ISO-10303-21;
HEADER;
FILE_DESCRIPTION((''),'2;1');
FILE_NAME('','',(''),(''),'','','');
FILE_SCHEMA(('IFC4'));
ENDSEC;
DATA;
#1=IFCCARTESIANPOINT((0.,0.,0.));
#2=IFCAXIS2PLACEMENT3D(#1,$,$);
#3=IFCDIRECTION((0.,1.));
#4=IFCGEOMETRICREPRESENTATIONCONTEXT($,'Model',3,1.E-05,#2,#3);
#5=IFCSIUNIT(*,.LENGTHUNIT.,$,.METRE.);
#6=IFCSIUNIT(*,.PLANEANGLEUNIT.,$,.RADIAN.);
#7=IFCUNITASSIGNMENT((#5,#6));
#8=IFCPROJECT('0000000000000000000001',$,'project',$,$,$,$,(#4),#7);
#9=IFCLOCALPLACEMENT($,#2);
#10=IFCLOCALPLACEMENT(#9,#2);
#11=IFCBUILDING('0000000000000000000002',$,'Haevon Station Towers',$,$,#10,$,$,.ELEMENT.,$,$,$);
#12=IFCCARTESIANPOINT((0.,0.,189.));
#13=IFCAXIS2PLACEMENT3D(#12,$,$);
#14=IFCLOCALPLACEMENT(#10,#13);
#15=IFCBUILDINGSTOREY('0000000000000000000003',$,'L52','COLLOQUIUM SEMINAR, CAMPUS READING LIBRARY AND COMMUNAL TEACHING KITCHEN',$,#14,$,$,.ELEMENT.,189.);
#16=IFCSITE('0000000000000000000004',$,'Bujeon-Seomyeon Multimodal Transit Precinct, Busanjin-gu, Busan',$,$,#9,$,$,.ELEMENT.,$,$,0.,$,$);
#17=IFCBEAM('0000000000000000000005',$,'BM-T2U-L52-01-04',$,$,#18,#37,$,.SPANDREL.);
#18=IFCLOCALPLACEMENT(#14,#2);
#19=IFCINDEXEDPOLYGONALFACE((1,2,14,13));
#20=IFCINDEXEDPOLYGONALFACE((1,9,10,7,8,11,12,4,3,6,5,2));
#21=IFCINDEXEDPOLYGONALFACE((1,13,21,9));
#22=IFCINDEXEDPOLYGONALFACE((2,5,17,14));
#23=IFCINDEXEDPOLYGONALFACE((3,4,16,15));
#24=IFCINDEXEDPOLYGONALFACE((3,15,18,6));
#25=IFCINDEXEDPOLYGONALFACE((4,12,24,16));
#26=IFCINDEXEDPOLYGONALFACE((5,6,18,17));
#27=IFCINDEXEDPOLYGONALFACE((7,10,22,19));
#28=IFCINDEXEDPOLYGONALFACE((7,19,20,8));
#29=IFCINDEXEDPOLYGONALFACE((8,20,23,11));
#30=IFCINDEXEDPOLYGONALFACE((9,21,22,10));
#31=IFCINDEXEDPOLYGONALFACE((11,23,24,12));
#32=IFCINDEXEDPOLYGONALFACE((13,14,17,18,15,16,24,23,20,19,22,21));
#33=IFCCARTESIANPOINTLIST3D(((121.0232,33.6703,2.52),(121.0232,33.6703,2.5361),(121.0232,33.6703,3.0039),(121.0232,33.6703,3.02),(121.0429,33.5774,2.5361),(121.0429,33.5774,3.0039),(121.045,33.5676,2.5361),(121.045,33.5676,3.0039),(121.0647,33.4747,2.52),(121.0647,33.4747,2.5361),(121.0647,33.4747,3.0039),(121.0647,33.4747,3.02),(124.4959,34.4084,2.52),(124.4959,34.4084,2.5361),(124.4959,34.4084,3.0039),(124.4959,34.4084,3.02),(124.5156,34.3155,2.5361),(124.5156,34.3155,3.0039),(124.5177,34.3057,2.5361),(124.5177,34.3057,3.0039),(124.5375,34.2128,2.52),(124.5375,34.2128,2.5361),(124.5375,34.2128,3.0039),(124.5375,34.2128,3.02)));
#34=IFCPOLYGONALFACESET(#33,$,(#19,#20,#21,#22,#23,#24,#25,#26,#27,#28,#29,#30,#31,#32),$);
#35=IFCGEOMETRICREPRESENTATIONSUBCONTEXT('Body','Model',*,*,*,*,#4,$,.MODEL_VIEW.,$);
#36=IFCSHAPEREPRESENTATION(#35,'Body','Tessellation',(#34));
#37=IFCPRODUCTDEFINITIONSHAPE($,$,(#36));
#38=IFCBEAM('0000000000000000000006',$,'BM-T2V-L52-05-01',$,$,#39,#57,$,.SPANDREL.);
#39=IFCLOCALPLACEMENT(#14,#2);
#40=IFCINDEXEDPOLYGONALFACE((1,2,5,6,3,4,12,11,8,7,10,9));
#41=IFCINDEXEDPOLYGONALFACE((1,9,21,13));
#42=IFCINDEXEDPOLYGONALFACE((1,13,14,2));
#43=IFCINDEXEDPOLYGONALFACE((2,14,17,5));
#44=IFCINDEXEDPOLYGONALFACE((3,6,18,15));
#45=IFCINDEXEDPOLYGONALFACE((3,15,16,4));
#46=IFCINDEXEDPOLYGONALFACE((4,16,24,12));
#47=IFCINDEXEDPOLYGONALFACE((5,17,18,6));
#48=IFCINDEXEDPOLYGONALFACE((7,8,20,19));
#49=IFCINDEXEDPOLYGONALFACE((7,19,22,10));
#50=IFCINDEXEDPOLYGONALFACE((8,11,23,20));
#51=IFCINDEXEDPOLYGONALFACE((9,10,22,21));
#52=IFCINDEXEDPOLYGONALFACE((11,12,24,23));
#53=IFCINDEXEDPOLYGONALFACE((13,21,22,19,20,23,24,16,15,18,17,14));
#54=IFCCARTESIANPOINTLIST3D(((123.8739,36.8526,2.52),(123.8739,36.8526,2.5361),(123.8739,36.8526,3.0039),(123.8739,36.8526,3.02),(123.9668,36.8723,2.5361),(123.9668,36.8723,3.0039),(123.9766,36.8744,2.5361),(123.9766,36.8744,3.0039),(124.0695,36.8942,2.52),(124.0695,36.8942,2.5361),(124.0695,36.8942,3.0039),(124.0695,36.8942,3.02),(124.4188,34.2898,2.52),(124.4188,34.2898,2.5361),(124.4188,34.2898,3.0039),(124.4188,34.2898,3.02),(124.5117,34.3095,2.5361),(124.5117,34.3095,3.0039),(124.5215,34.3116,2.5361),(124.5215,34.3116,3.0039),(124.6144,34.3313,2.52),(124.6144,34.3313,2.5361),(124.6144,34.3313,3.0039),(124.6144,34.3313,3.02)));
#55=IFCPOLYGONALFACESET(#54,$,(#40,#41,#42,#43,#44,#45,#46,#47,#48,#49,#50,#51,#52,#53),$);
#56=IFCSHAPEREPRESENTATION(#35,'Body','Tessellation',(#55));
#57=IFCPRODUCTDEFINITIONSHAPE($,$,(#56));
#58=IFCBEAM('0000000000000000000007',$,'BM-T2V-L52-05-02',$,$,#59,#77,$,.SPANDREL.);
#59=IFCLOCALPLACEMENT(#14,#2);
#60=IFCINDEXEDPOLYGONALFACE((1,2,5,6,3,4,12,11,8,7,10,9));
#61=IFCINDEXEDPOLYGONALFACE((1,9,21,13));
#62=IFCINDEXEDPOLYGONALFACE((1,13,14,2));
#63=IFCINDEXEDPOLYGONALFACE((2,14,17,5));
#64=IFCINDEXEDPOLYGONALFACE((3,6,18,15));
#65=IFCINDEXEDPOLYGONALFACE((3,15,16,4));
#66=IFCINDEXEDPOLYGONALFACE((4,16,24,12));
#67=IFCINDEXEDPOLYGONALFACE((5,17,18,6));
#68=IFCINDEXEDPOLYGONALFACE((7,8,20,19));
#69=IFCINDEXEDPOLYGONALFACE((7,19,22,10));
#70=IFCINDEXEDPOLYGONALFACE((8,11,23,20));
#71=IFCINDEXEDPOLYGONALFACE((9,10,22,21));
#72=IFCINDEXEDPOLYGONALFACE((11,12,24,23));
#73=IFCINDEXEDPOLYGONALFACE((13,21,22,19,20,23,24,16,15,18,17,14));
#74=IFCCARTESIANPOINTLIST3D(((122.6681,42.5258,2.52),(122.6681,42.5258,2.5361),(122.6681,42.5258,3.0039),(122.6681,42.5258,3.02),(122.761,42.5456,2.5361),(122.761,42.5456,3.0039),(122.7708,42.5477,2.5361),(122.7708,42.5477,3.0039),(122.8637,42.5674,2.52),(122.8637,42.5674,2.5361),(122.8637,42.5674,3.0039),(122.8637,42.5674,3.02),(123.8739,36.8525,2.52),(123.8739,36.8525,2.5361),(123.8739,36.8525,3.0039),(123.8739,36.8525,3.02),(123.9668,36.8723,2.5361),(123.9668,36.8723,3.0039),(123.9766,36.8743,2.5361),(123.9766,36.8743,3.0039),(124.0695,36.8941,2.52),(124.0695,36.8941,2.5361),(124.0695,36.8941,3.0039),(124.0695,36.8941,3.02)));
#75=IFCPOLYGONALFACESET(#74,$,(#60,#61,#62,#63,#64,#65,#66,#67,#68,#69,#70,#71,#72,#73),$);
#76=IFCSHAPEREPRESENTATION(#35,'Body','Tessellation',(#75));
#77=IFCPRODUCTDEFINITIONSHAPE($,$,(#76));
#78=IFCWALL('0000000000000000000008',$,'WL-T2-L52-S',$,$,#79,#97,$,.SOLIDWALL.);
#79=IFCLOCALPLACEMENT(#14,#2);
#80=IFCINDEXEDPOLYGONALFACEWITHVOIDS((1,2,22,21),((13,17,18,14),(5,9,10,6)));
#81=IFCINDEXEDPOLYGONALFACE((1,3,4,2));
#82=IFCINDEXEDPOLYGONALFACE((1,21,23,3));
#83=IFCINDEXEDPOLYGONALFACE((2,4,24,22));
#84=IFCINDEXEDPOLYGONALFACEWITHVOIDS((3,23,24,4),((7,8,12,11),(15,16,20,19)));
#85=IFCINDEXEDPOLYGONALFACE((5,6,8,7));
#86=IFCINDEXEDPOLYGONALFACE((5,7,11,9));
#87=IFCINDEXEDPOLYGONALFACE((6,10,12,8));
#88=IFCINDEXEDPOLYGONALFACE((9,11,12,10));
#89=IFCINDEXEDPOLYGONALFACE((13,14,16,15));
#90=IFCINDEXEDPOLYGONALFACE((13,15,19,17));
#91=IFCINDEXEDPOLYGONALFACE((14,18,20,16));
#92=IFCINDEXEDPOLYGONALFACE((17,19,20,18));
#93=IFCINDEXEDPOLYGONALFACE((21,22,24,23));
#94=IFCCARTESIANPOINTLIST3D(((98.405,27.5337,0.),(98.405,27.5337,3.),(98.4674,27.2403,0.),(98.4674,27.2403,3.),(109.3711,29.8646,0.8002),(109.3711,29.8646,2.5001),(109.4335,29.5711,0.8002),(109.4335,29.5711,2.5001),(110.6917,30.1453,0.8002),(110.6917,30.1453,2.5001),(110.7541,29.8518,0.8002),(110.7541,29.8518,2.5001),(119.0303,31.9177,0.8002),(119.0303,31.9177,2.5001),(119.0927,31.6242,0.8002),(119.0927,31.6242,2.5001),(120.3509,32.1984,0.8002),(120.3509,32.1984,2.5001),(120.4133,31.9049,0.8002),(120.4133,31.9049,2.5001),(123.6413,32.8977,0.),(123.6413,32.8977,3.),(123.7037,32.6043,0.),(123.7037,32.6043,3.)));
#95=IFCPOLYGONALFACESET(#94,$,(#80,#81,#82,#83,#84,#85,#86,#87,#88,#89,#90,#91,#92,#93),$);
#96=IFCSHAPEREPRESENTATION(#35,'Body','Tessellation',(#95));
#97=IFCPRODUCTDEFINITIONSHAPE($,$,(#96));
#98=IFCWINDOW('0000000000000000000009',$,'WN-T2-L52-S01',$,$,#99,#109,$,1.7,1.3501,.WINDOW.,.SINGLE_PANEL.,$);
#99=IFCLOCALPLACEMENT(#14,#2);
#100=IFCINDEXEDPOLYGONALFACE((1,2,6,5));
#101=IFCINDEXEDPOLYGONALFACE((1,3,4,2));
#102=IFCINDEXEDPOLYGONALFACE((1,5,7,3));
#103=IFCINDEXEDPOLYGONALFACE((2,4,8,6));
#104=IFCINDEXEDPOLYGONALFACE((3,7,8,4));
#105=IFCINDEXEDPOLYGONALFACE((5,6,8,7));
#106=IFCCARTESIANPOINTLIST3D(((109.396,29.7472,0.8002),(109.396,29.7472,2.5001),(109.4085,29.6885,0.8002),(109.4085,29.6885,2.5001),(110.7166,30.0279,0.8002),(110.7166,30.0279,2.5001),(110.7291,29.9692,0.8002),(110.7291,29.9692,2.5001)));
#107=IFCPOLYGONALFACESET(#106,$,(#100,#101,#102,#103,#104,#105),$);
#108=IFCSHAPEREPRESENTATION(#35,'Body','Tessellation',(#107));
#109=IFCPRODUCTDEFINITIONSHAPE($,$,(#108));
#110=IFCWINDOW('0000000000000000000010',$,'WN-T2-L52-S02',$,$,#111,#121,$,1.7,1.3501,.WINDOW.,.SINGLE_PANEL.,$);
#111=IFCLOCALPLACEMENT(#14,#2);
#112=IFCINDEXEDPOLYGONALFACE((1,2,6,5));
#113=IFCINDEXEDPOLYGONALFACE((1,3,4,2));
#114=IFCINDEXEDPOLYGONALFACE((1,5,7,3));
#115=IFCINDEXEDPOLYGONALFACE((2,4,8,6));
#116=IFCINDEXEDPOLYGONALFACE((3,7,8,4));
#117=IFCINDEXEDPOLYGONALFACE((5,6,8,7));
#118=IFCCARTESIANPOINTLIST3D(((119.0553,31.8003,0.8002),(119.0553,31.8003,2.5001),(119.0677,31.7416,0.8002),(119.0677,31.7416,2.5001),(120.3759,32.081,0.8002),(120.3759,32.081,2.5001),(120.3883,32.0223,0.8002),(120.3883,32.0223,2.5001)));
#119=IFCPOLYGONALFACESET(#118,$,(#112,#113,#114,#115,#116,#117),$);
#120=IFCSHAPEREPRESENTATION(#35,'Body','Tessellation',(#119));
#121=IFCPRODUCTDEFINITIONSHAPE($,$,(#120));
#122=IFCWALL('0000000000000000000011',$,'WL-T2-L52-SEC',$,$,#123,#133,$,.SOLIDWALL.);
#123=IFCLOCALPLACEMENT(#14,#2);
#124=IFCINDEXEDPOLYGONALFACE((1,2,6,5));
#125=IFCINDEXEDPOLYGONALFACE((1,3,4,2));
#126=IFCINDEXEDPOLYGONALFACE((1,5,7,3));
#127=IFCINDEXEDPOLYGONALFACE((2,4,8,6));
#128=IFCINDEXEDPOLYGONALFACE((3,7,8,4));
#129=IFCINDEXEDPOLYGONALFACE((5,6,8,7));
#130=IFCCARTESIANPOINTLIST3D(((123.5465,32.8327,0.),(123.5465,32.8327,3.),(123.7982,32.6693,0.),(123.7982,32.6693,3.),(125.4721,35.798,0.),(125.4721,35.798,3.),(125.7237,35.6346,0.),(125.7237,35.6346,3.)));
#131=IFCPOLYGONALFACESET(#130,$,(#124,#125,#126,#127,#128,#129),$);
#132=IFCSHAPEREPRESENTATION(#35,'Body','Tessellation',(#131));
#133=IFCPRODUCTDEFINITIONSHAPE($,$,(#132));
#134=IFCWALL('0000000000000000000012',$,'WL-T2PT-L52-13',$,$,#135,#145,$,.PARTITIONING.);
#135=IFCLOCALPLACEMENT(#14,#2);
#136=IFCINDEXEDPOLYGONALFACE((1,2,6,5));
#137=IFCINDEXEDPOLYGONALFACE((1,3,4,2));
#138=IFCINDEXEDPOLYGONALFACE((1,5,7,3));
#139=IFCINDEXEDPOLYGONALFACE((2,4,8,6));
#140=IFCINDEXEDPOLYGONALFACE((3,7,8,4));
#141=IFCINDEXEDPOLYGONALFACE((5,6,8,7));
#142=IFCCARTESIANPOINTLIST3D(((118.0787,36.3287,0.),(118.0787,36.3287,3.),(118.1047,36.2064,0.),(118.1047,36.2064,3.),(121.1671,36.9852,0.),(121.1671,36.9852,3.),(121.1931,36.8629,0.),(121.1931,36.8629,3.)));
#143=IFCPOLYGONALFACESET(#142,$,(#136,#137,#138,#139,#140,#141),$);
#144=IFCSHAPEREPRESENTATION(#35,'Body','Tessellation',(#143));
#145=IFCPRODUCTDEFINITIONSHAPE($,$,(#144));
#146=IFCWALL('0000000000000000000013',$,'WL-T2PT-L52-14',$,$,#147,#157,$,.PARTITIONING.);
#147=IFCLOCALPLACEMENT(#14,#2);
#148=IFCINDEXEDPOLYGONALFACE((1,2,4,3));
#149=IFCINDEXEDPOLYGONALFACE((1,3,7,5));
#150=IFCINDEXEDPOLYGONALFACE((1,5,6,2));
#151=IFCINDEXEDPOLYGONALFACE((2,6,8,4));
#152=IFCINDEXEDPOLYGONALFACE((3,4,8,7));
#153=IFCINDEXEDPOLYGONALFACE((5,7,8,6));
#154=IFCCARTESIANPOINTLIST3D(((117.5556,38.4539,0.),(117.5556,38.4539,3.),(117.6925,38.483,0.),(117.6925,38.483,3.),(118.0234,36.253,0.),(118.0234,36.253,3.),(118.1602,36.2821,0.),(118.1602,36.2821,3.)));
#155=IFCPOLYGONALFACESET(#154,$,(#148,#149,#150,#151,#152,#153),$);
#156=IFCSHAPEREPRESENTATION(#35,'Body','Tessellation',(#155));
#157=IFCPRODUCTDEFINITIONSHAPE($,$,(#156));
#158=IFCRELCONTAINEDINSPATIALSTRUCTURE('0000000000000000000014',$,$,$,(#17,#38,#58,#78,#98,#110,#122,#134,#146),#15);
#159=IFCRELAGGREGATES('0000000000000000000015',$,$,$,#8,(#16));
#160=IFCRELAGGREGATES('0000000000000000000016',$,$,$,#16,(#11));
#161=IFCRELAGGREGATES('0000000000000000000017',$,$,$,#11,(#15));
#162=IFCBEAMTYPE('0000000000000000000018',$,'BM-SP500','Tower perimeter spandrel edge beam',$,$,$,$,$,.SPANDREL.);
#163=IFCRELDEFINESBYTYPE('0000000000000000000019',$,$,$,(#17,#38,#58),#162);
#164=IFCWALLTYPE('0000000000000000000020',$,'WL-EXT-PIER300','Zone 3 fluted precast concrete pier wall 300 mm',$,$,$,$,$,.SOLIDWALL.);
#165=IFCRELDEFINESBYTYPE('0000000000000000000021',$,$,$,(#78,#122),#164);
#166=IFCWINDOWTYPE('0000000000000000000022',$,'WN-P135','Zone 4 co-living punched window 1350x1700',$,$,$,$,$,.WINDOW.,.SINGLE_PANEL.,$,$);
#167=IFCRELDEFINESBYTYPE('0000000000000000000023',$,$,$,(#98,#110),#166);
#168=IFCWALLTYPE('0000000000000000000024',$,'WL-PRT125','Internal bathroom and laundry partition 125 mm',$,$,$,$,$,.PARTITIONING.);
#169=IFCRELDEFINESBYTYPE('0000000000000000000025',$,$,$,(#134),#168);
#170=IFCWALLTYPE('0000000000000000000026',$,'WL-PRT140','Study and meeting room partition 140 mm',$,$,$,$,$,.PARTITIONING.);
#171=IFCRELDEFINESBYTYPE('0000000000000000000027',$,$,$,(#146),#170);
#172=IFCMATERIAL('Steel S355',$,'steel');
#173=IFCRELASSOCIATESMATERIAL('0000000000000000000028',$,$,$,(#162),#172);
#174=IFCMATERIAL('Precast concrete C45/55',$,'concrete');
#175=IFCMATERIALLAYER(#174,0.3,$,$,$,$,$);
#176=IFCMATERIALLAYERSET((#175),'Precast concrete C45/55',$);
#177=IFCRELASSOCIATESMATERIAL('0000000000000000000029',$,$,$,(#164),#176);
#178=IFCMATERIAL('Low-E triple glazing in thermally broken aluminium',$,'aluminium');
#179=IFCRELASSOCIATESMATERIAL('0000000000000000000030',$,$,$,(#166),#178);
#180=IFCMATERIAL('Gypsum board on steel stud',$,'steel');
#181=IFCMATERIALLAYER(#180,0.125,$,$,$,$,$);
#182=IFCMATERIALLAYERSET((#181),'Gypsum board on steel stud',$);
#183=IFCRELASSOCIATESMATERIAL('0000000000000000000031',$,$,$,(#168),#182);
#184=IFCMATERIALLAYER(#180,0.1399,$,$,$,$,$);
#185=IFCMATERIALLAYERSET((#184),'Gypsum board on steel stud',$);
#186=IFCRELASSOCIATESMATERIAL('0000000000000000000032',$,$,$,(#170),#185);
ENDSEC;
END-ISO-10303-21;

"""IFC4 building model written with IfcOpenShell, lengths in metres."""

from ifc_helpers import new_model, si_unit, direction, frame, frame_2d, origin, origin_2d, place, context, subcontext, project, spatial, rectangle, i_section, extrude, material, layer, layer_set, material_profile, profile_set, type_object, element, fill, save


model = new_model("IFC4")

# Units and contexts
model_context = context("Model", 3, precision=1e-05, world=origin(), true_north=direction((0.0, 1.0)))
body_context = subcontext(model_context, "Body", "Model", "MODEL_VIEW")
ifc_project = project(units=[si_unit("LENGTHUNIT", "METRE"), si_unit("PLANEANGLEUNIT", "RADIAN")], contexts=[model_context])

# Site, building, storey
site_placement = place(None, origin())
site = spatial("IfcSite", under=ifc_project, at=site_placement, Name="Bujeon-Seomyeon Multimodal Transit Precinct, Busanjin-gu, Busan", CompositionType="ELEMENT", RefElevation=0.0)
building_placement = place(site_placement, origin())
building = spatial("IfcBuilding", under=site, at=building_placement, Name="Haevon Station Towers", CompositionType="ELEMENT")
storey_placement = place(building_placement, frame((0.0, 0.0, 189.0)))
storey = spatial("IfcBuildingStorey", under=building, at=storey_placement, Name="L52", Description="COLLOQUIUM SEMINAR, CAMPUS READING LIBRARY AND COMMUNAL TEACHING KITCHEN", CompositionType="ELEMENT", Elevation=189.0)

# Shared definitions
ifc_material_1 = material(Name="Steel S355", Category="steel")

# Beams
ifc_material_profile_1 = material_profile(ifc_material_1, i_section(OverallWidth=0.2, OverallDepth=0.5, WebThickness=0.01, FlangeThickness=0.0161, at=origin_2d()), Name="H-500x200x10x16")
ifc_profile_set_1 = profile_set([ifc_material_profile_1], Name="Steel S355")
beam_type_1 = type_object("IfcBeamType", Name="BM-SP500", Description="Tower perimeter spandrel edge beam", PredefinedType="SPANDREL", material=ifc_profile_set_1)
beam_1_placement = place(storey_placement, frame((121.0439, 33.5725, 2.77), z_axis=(0.978153, 0.207885, 0.0), x_axis=(-0.207885, 0.978153, 0.0)))
element("IfcBeam", 1, at=beam_1_placement, inside=storey, type_object=beam_type_1, Name="BM-T2U-L52-01-04", PredefinedType="SPANDREL", context=body_context, shape_type="SweptSolid", body=[
    extrude(i_section(OverallWidth=0.2, OverallDepth=0.5, WebThickness=0.01, FlangeThickness=0.0161, at=origin_2d()), origin(), (0.0, 0.0, 1.0), 3.5503),
])
beam_2_placement = place(storey_placement, frame((124.5166, 34.3105, 2.77), z_axis=(-0.207982, 0.978133, 0.0), x_axis=(-0.978133, -0.207982, 0.0)))
element("IfcBeam", 2, at=beam_2_placement, inside=storey, type_object=beam_type_1, Name="BM-T2V-L52-05-01", PredefinedType="SPANDREL", context=body_context, shape_type="SweptSolid", body=[
    extrude(i_section(OverallWidth=0.2, OverallDepth=0.5, WebThickness=0.01, FlangeThickness=0.0161, at=origin_2d()), origin(), (0.0, 0.0, 1.0), 2.6201),
])
beam_3_placement = place(storey_placement, frame((123.9717, 36.8733, 2.77), z_axis=(-0.207896, 0.978151, 0.0), x_axis=(-0.978151, -0.207896, 0.0)))
element("IfcBeam", 3, at=beam_3_placement, inside=storey, type_object=beam_type_1, Name="BM-T2V-L52-05-02", PredefinedType="SPANDREL", context=body_context, shape_type="SweptSolid", body=[
    extrude(i_section(OverallWidth=0.2, OverallDepth=0.5, WebThickness=0.01, FlangeThickness=0.0161, at=origin_2d()), origin(), (0.0, 0.0, 1.0), 5.8),
])

# Wall, openings, windows
ifc_material_2 = material(Name="Precast concrete C45/55", Category="concrete")
ifc_layer_1 = layer(ifc_material_2, 0.3)
ifc_layer_set_1 = layer_set([ifc_layer_1], Name="Precast concrete C45/55")
wall_type_1 = type_object("IfcWallType", Name="WL-EXT-PIER300", Description="Zone 3 fluted precast concrete pier wall 300 mm", PredefinedType="SOLIDWALL", material=ifc_layer_set_1)
wall_1_placement = place(storey_placement, frame((123.6724, 32.751, 0.0), z_axis=(0.0, 0.0, 1.0), x_axis=(-0.978149, -0.207907, 0.0)))
wall_1 = element("IfcWall", 4, at=wall_1_placement, inside=storey, type_object=wall_type_1, Name="WL-T2-L52-S", PredefinedType="SOLIDWALL", context=body_context, shape_type="SweptSolid", body=[
    extrude(rectangle(XDim=25.8, YDim=0.3, at=frame_2d((12.8999, 0.0))), origin(), (0.0, 0.0, 1.0), 3.0),
])
opening_1_placement = place(wall_1_placement, frame((13.2388, 0.0, 0.8)))
opening_1 = element("IfcOpeningElement", 5, at=opening_1_placement, cuts=wall_1, PredefinedType="OPENING", context=body_context, shape_type="SweptSolid", body=[
    extrude(rectangle(XDim=1.3501, YDim=1.7, at=frame_2d((0.675, 0.8501))), frame((0.0, 0.1599, 0.0), z_axis=(0.0, -1.0, 0.0), x_axis=(1.0, 0.0, 0.0)), (0.0, 0.0, 1.0), 0.3201),
])
opening_2_placement = place(wall_1_placement, frame((3.3638, 0.0, 0.8)))
opening_2 = element("IfcOpeningElement", 6, at=opening_2_placement, cuts=wall_1, PredefinedType="OPENING", context=body_context, shape_type="SweptSolid", body=[
    extrude(rectangle(XDim=1.3501, YDim=1.7, at=frame_2d((0.675, 0.8501))), frame((0.0, 0.1599, 0.0), z_axis=(0.0, -1.0, 0.0), x_axis=(1.0, 0.0, 0.0)), (0.0, 0.0, 1.0), 0.3201),
])
ifc_material_3 = material(Name="Low-E triple glazing in thermally broken aluminium", Category="aluminium")
window_type = type_object("IfcWindowType", Name="WN-P135", Description="Zone 4 co-living punched window 1350x1700", PartitioningType="SINGLE_PANEL", PredefinedType="WINDOW", material=ifc_material_3)
window_1_placement = place(opening_1_placement, origin())
window_1 = element("IfcWindow", 7, at=window_1_placement, inside=storey, type_object=window_type, Name="WN-T2-L52-S01", OverallHeight=1.7, OverallWidth=1.3501, PartitioningType="SINGLE_PANEL", PredefinedType="WINDOW", context=body_context, shape_type="SweptSolid", body=[
    extrude(rectangle(XDim=1.3501, YDim=1.7, at=frame_2d((0.675, 0.8501))), frame((0.0, 0.03, 0.0), z_axis=(0.0, -1.0, 0.0), x_axis=(1.0, 0.0, 0.0)), (0.0, 0.0, 1.0), 0.0601),
])
fill(opening_1, window_1)
window_2_placement = place(opening_2_placement, origin())
window_2 = element("IfcWindow", 8, at=window_2_placement, inside=storey, type_object=window_type, Name="WN-T2-L52-S02", OverallHeight=1.7, OverallWidth=1.3501, PartitioningType="SINGLE_PANEL", PredefinedType="WINDOW", context=body_context, shape_type="SweptSolid", body=[
    extrude(rectangle(XDim=1.3501, YDim=1.7, at=frame_2d((0.675, 0.8501))), frame((0.0, 0.03, 0.0), z_axis=(0.0, -1.0, 0.0), x_axis=(1.0, 0.0, 0.0)), (0.0, 0.0, 1.0), 0.0601),
])
fill(opening_2, window_2)

# Walls
wall_2_placement = place(storey_placement, frame((125.5979, 35.7163, 0.0), z_axis=(0.0, 0.0, 1.0), x_axis=(-0.544605, -0.838693, 0.0)))
element("IfcWall", 9, at=wall_2_placement, inside=storey, type_object=wall_type_1, Name="WL-T2-L52-SEC", PredefinedType="SOLIDWALL", context=body_context, shape_type="SweptSolid", body=[
    extrude(rectangle(XDim=3.5356, YDim=0.3, at=frame_2d((1.7678, 0.0))), origin(), (0.0, 0.0, 1.0), 3.0),
])
ifc_material_4 = material(Name="Gypsum board on steel stud", Category="steel")
ifc_layer_2 = layer(ifc_material_4, 0.125)
ifc_layer_set_2 = layer_set([ifc_layer_2], Name="Gypsum board on steel stud")
wall_type_2 = type_object("IfcWallType", Name="WL-PRT125", Description="Internal bathroom and laundry partition 125 mm", PredefinedType="PARTITIONING", material=ifc_layer_set_2)
wall_3_placement = place(storey_placement, frame((118.0918, 36.2676, 0.0), z_axis=(0.0, 0.0, 1.0), x_axis=(0.978145, 0.207923, 0.0)))
element("IfcWall", 10, at=wall_3_placement, inside=storey, type_object=wall_type_2, Name="WL-T2PT-L52-13", PredefinedType="PARTITIONING", context=body_context, shape_type="SweptSolid", body=[
    extrude(rectangle(XDim=3.1575, YDim=0.125, at=frame_2d((1.5786, 0.0))), origin(), (0.0, 0.0, 1.0), 3.0),
])
ifc_layer_3 = layer(ifc_material_4, 0.1399)
ifc_layer_set_3 = layer_set([ifc_layer_3], Name="Gypsum board on steel stud")
wall_type_3 = type_object("IfcWallType", Name="WL-PRT140", Description="Study and meeting room partition 140 mm", PredefinedType="PARTITIONING", material=ifc_layer_set_3)
wall_4_placement = place(storey_placement, frame((118.0918, 36.2676, 0.0), z_axis=(0.0, 0.0, 1.0), x_axis=(-0.207891, 0.978152, 0.0)))
element("IfcWall", 11, at=wall_4_placement, inside=storey, type_object=wall_type_3, Name="WL-T2PT-L52-14", PredefinedType="PARTITIONING", context=body_context, shape_type="SweptSolid", body=[
    extrude(rectangle(XDim=2.25, YDim=0.1399, at=frame_2d((1.125, 0.0))), origin(), (0.0, 0.0, 1.0), 3.0),
])

save(model, "model.ifc")
